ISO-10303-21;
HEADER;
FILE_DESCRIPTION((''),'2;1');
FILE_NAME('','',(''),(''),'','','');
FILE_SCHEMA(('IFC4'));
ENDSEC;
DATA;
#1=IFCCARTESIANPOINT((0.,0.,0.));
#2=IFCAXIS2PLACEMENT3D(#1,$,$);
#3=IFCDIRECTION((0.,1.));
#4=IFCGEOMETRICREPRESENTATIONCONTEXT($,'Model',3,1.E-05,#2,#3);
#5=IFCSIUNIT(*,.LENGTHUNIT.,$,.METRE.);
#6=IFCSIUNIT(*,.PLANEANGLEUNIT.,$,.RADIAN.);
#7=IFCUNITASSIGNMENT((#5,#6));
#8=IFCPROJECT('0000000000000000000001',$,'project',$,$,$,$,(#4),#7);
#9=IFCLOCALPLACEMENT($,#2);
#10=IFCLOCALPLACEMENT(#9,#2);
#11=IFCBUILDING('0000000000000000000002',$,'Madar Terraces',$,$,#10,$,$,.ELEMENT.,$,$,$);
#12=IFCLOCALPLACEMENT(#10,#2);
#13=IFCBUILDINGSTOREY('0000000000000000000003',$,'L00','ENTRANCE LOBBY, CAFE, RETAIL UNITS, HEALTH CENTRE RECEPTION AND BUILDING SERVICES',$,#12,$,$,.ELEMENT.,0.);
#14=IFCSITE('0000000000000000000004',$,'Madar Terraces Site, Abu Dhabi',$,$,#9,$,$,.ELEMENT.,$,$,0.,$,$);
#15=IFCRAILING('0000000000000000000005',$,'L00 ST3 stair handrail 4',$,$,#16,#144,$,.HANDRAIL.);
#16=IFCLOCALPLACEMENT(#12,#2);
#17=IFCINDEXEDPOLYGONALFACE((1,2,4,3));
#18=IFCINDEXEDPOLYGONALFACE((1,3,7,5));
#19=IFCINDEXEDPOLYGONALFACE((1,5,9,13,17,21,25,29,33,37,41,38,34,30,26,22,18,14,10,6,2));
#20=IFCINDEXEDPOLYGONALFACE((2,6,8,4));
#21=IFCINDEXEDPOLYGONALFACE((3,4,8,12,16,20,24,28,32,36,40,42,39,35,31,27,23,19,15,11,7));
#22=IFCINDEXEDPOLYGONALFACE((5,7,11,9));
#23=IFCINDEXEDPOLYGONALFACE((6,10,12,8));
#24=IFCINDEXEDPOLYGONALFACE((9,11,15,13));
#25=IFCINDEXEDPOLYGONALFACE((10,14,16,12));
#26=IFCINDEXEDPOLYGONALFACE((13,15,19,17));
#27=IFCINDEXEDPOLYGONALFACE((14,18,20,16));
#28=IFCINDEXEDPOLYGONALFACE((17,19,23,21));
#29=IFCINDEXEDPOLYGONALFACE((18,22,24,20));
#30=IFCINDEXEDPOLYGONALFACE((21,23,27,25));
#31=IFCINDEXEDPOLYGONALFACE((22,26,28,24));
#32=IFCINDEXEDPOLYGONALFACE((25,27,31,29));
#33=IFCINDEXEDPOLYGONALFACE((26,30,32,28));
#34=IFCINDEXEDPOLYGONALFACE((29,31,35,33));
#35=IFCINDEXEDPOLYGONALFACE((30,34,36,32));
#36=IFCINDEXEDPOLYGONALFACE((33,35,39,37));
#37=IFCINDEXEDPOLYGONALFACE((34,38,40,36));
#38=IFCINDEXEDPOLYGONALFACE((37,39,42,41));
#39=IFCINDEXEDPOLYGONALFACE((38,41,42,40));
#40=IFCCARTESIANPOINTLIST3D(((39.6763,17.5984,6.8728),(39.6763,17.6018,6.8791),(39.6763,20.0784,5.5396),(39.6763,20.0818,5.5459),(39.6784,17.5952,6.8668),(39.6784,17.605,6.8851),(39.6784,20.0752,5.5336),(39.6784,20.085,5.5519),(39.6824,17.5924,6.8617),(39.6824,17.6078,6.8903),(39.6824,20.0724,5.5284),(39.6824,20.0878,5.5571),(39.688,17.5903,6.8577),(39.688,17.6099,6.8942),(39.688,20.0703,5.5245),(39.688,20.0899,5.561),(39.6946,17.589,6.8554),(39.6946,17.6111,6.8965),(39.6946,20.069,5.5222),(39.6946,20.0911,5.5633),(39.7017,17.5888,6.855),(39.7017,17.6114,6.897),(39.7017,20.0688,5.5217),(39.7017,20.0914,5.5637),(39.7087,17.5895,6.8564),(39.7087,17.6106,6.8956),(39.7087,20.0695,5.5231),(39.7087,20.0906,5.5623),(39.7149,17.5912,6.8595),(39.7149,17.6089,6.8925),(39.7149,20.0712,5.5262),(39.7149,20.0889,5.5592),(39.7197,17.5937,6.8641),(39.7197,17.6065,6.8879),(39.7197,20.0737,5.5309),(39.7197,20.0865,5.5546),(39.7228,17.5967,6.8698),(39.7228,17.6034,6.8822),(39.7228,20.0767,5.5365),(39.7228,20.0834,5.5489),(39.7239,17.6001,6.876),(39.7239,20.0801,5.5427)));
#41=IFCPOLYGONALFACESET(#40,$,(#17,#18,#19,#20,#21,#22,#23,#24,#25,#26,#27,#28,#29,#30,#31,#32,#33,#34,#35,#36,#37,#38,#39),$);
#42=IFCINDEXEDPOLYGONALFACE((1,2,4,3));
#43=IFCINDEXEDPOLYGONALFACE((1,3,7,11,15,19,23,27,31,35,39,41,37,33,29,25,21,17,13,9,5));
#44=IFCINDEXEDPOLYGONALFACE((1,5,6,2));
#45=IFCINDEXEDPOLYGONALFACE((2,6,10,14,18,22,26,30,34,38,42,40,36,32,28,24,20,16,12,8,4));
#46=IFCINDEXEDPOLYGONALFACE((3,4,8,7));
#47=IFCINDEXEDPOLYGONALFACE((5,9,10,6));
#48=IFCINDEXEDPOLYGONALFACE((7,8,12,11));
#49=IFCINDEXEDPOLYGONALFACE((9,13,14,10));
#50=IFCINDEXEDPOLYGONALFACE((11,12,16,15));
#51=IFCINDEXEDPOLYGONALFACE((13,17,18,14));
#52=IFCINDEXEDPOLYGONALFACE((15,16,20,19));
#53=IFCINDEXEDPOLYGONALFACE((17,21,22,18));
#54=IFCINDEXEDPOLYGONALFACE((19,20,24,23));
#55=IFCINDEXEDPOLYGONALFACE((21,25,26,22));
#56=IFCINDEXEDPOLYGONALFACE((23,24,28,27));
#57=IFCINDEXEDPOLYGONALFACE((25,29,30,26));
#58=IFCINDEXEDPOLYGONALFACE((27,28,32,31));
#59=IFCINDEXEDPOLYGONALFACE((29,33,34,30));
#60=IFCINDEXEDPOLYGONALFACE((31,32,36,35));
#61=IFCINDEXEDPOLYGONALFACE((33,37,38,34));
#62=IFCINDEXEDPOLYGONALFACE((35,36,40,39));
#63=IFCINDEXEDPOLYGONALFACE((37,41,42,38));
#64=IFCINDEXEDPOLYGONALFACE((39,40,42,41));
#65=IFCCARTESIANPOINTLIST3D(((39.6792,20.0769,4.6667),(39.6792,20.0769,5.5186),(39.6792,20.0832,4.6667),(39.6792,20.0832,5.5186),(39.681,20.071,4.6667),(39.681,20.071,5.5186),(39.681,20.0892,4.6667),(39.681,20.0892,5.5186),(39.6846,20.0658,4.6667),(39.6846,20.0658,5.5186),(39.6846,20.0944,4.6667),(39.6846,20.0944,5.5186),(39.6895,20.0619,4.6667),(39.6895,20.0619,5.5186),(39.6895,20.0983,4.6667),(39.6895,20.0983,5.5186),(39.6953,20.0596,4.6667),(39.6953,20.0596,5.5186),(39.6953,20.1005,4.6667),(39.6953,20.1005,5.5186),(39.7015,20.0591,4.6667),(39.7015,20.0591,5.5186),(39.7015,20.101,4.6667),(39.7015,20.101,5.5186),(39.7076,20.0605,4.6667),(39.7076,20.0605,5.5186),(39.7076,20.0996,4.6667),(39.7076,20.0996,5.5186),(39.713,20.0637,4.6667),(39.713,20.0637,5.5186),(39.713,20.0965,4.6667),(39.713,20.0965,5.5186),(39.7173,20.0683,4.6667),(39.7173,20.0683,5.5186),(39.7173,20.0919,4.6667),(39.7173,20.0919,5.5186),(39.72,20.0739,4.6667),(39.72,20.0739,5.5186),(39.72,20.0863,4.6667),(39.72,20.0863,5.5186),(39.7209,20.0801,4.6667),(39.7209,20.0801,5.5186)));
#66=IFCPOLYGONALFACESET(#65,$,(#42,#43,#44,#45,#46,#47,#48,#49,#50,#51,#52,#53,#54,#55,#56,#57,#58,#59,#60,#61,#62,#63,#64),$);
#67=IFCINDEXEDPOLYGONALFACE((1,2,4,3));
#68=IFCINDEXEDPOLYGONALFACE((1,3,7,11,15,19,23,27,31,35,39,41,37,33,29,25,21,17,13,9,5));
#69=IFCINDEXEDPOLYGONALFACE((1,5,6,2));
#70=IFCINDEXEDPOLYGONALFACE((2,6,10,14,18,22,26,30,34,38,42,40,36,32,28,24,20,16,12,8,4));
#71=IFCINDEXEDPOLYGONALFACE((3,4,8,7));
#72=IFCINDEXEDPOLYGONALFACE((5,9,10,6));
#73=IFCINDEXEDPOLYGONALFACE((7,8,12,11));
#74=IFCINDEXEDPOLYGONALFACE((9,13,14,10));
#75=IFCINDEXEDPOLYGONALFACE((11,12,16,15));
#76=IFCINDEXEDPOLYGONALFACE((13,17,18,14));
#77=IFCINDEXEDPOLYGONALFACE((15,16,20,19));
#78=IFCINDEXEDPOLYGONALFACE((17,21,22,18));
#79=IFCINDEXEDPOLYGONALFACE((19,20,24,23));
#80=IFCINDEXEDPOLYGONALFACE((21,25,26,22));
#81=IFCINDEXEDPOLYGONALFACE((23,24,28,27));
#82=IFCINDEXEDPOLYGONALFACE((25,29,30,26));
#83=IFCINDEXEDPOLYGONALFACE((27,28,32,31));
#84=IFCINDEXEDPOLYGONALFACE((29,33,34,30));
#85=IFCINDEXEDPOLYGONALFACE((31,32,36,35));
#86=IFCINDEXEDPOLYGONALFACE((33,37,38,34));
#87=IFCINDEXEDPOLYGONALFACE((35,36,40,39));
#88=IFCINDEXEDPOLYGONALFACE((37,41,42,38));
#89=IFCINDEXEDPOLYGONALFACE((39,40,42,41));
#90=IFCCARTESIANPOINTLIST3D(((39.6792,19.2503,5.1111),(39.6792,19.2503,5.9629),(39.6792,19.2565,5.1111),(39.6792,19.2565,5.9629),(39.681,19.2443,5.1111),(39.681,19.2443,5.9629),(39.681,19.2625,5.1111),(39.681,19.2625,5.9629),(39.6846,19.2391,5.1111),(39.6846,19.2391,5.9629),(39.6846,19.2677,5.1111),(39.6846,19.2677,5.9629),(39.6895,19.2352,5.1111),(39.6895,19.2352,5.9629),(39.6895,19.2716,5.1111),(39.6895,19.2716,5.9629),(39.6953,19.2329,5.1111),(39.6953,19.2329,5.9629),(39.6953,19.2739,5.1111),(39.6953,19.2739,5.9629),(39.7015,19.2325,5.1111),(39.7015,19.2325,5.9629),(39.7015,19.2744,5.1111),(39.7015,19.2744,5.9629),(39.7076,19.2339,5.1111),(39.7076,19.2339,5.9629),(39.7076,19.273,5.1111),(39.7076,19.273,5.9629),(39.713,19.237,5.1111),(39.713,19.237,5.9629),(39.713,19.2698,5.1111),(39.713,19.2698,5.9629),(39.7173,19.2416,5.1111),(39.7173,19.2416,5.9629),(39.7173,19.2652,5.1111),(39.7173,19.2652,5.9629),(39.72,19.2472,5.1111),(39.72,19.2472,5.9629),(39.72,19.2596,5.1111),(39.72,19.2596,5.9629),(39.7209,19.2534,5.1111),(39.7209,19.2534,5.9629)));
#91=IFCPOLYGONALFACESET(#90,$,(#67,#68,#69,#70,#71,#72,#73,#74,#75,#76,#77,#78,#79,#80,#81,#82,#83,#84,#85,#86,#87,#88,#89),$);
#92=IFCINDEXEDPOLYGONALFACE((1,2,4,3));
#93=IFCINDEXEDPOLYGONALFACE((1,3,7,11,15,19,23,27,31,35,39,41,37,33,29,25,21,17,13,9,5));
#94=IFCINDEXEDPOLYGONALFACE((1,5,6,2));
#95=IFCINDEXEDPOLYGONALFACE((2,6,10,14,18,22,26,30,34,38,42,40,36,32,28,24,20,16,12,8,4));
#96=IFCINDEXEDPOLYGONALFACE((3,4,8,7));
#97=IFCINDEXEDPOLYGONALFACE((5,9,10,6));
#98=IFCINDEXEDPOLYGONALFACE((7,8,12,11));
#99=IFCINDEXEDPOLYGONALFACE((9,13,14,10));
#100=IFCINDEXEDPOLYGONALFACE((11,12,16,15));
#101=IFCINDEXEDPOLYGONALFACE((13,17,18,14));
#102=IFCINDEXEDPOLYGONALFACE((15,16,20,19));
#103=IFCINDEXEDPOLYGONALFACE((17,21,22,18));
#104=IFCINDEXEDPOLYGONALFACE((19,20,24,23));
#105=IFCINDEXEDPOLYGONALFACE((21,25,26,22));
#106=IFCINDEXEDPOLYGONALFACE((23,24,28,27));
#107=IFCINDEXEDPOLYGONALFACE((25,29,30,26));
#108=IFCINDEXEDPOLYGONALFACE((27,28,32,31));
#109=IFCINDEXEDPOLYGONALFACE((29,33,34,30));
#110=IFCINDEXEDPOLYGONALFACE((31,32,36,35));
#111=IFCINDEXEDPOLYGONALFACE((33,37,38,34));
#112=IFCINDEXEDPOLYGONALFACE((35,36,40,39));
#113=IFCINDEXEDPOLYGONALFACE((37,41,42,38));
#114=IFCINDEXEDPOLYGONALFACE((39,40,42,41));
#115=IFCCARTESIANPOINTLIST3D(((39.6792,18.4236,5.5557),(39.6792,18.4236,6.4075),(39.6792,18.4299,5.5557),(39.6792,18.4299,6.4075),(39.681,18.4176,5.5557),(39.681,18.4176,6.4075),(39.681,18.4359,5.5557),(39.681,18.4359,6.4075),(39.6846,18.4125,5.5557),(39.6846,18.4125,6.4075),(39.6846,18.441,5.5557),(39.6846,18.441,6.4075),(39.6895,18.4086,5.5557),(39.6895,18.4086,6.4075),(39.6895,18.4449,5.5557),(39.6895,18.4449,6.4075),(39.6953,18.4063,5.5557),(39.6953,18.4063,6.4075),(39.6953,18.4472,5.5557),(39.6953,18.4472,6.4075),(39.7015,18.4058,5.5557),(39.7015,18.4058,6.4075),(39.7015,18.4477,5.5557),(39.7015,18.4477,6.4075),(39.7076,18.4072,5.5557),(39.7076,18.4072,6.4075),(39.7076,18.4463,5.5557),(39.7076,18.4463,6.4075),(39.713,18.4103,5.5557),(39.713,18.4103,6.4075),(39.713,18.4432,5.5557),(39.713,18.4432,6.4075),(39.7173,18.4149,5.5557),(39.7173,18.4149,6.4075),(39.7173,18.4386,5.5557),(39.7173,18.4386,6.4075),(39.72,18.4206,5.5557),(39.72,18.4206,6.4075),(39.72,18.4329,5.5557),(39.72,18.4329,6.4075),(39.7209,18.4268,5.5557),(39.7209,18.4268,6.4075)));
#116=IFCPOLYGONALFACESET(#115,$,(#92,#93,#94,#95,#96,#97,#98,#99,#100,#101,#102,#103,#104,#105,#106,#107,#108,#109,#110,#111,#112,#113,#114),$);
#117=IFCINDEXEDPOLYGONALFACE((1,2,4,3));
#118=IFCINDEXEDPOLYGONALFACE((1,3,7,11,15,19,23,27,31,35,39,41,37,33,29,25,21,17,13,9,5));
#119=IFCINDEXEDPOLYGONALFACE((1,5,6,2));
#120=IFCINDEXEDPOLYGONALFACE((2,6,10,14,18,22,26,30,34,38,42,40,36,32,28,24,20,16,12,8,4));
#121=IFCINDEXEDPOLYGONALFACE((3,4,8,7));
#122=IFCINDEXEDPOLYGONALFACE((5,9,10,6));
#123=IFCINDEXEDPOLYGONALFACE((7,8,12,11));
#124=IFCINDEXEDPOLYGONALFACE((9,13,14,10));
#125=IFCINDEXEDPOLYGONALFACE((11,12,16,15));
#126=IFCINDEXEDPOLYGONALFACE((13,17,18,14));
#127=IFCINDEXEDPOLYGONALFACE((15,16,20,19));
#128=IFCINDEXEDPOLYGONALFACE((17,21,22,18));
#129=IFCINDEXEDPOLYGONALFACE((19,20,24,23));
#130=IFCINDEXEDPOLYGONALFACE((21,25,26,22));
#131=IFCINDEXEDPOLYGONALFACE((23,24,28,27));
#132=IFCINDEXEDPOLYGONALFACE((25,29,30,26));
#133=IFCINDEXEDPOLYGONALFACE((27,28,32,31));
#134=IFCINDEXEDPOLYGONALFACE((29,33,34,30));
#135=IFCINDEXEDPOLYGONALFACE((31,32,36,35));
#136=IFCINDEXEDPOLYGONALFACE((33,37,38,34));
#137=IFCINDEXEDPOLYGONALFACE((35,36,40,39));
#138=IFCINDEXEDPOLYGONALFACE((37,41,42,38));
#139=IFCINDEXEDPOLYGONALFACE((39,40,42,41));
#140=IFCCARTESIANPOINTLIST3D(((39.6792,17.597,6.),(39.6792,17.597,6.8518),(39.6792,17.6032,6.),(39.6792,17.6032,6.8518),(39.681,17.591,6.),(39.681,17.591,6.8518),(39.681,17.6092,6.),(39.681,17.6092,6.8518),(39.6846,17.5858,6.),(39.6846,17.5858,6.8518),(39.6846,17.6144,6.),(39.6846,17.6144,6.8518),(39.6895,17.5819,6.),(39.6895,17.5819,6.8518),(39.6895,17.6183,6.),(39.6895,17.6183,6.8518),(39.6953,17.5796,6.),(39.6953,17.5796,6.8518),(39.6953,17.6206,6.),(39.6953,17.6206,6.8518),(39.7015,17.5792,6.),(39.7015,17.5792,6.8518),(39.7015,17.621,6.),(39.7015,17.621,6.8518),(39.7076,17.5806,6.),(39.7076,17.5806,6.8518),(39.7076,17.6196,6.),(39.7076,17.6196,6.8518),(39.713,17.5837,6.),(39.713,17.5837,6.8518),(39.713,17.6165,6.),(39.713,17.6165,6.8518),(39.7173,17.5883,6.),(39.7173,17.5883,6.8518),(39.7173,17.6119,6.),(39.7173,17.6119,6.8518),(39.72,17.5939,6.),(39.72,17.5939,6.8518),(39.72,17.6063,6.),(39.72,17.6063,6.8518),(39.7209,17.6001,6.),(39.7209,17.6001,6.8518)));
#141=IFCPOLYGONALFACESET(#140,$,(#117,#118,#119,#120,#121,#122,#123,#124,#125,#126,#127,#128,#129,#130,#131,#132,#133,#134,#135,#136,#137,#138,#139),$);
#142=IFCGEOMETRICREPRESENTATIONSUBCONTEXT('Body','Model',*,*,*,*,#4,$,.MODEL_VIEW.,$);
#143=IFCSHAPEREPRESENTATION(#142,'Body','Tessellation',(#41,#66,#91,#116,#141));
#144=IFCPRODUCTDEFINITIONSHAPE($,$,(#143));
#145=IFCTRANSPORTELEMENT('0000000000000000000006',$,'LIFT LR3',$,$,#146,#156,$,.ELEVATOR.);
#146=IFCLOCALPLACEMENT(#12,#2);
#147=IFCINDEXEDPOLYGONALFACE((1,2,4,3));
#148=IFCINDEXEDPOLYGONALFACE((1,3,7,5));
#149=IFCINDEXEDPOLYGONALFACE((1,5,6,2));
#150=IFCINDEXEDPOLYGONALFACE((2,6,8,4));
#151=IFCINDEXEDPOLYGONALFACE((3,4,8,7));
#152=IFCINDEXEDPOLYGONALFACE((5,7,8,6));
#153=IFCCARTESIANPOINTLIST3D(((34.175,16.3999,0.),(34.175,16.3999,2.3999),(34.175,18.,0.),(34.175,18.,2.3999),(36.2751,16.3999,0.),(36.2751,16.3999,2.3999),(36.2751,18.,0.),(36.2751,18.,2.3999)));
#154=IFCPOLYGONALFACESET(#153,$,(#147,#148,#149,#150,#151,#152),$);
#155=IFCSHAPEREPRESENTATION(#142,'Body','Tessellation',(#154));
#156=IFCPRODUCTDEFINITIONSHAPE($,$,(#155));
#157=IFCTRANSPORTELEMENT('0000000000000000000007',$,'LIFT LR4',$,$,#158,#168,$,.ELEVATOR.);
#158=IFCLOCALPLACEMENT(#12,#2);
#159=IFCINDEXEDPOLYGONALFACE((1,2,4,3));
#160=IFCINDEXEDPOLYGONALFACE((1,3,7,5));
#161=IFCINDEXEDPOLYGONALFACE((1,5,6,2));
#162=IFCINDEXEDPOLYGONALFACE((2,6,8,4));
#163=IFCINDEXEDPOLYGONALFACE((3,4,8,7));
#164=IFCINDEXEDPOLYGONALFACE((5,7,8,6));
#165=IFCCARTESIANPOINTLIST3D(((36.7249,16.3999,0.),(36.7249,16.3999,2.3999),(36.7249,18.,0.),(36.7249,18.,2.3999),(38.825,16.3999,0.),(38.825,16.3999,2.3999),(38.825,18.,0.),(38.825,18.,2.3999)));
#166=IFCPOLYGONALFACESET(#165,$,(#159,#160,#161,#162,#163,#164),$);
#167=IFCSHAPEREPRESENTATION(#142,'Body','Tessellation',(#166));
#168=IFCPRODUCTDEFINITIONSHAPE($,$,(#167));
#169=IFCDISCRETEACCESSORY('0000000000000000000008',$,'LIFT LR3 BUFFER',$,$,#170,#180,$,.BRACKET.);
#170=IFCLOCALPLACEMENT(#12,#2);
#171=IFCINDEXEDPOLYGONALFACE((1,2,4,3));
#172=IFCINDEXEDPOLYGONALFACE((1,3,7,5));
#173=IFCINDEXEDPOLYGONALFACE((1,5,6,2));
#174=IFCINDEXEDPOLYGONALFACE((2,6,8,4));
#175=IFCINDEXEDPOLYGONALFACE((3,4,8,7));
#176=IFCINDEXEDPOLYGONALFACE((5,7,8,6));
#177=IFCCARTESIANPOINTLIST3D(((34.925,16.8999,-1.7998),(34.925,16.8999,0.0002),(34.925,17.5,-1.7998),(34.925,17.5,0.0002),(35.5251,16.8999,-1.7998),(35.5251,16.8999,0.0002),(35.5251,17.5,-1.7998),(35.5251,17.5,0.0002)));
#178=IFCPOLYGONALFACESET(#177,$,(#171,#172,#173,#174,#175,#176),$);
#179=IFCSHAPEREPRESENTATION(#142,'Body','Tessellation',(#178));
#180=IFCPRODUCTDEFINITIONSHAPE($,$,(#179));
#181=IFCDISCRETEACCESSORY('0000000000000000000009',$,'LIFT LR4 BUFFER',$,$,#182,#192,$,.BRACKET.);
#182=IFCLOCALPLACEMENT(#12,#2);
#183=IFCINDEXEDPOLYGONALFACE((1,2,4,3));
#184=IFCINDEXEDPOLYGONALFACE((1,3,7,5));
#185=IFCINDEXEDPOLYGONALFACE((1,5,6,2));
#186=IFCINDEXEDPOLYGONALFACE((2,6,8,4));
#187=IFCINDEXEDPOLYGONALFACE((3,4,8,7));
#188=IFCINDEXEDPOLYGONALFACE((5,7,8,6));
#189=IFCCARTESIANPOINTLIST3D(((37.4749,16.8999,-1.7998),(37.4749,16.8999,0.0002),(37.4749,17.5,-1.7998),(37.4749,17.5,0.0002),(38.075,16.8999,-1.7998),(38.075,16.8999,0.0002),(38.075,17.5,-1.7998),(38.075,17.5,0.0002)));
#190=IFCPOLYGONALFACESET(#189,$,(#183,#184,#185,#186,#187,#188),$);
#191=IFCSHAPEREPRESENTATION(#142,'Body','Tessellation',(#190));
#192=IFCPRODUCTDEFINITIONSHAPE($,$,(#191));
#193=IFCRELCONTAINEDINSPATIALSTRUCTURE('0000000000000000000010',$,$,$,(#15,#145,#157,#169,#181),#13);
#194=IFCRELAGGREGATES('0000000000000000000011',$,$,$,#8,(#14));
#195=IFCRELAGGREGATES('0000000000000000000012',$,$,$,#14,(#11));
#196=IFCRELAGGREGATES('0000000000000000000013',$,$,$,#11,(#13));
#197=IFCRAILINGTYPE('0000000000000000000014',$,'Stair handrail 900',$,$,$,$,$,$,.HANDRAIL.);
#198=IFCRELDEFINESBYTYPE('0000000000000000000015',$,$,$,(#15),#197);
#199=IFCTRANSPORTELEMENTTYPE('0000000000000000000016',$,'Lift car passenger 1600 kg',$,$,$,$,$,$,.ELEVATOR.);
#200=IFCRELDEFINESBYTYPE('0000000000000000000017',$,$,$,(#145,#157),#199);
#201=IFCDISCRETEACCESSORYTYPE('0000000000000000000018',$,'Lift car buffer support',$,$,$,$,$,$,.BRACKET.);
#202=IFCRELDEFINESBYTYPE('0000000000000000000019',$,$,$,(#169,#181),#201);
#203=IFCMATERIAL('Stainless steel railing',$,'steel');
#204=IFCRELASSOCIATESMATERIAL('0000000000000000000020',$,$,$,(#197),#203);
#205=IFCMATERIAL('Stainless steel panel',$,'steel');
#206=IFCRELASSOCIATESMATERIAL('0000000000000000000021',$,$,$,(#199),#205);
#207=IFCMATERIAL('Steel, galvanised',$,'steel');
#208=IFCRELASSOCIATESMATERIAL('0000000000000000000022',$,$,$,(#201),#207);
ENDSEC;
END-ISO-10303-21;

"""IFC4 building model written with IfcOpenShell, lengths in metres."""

from ifc_helpers import new_model, si_unit, direction, frame, origin, origin_2d, place, context, subcontext, project, spatial, rectangle, circle, extrude, material, type_object, element, save


model = new_model("IFC4")

# Units and contexts
model_context = context("Model", 3, precision=1e-05, world=origin(), true_north=direction((0.0, 1.0)))
body_context = subcontext(model_context, "Body", "Model", "MODEL_VIEW")
ifc_project = project(units=[si_unit("LENGTHUNIT", "METRE"), si_unit("PLANEANGLEUNIT", "RADIAN")], contexts=[model_context])

# Site, building, storey
site_placement = place(None, origin())
site = spatial("IfcSite", under=ifc_project, at=site_placement, Name="Madar Terraces Site, Abu Dhabi", CompositionType="ELEMENT", RefElevation=0.0)
building_placement = place(site_placement, origin())
building = spatial("IfcBuilding", under=site, at=building_placement, Name="Madar Terraces", CompositionType="ELEMENT")
storey_placement = place(building_placement, origin())
storey = spatial("IfcBuildingStorey", under=building, at=storey_placement, Name="L00", Description="ENTRANCE LOBBY, CAFE, RETAIL UNITS, HEALTH CENTRE RECEPTION AND BUILDING SERVICES", CompositionType="ELEMENT", Elevation=0.0)

# Railing
ifc_material_1 = material(Name="Stainless steel railing", Category="steel")
railing_type_1 = type_object("IfcRailingType", Name="Stair handrail 900", PredefinedType="HANDRAIL", material=ifc_material_1)
for number, where, name in (
    (1, (39.7, 20.0801, 4.6667), "L00 ST3 stair handrail 4"),
):
    element("IfcRailing", number, at=place(storey_placement, frame(where)), inside=storey, type_object=railing_type_1, Name=name, PredefinedType="HANDRAIL", context=body_context, shape_type="SweptSolid", body=[
        extrude(circle(Radius=0.0239, at=origin_2d()), frame((0.0, 0.0, 0.876), z_axis=(0.0, -0.880786, 0.473515), x_axis=(1.0, 0.0, 0.0)), (0.0, 0.0, 1.0), 2.8157),
        extrude(circle(Radius=0.021, at=origin_2d()), origin(), (0.0, 0.0, 1.0), 0.8518),
        extrude(circle(Radius=0.021, at=origin_2d()), frame((0.0, -0.8267, 0.4443)), (0.0, 0.0, 1.0), 0.8518),
        extrude(circle(Radius=0.021, at=origin_2d()), frame((0.0, -1.6533, 0.8889)), (0.0, 0.0, 1.0), 0.8518),
        extrude(circle(Radius=0.021, at=origin_2d()), frame((0.0, -2.48, 1.3333)), (0.0, 0.0, 1.0), 0.8518),
    ])

# Transport elements
ifc_material_2 = material(Name="Stainless steel panel", Category="steel")
transport_element_type = type_object("IfcTransportElementType", Name="Lift car passenger 1600 kg", PredefinedType="ELEVATOR", material=ifc_material_2)
for number, where, z_axis, x_axis, name in (
    (2, (35.2251, 17.2, 0.0), (0.0, 0.0, 1.0), (1.0, 0.0, 0.0), "LIFT LR3"),
    (3, (37.7749, 17.2, 0.0), (0.0, 0.0, 1.0), (1.0, 0.0, 0.0), "LIFT LR4"),
):
    element("IfcTransportElement", number, at=place(storey_placement, frame(where, z_axis=z_axis, x_axis=x_axis)), inside=storey, type_object=transport_element_type, Name=name, PredefinedType="ELEVATOR", context=body_context, shape_type="SweptSolid", body=[
        extrude(rectangle(XDim=2.1001, YDim=1.6001, at=origin_2d()), origin(), (0.0, 0.0, 1.0), 2.3999),
    ])

# Discrete accessories
ifc_material_3 = material(Name="Steel, galvanised", Category="steel")
discrete_accessory_type = type_object("IfcDiscreteAccessoryType", Name="Lift car buffer support", PredefinedType="BRACKET", material=ifc_material_3)
for number, where, z_axis, x_axis, name in (
    (4, (35.2251, 17.2, -1.7998), (0.0, 0.0, 1.0), (1.0, 0.0, 0.0), "LIFT LR3 BUFFER"),
    (5, (37.7749, 17.2, -1.7998), (0.0, 0.0, 1.0), (1.0, 0.0, 0.0), "LIFT LR4 BUFFER"),
):
    element("IfcDiscreteAccessory", number, at=place(storey_placement, frame(where, z_axis=z_axis, x_axis=x_axis)), inside=storey, type_object=discrete_accessory_type, Name=name, PredefinedType="BRACKET", context=body_context, shape_type="SweptSolid", body=[
        extrude(rectangle(XDim=0.6001, YDim=0.6001, at=origin_2d()), origin(), (0.0, 0.0, 1.0), 1.8),
    ])

save(model, "model.ifc")
